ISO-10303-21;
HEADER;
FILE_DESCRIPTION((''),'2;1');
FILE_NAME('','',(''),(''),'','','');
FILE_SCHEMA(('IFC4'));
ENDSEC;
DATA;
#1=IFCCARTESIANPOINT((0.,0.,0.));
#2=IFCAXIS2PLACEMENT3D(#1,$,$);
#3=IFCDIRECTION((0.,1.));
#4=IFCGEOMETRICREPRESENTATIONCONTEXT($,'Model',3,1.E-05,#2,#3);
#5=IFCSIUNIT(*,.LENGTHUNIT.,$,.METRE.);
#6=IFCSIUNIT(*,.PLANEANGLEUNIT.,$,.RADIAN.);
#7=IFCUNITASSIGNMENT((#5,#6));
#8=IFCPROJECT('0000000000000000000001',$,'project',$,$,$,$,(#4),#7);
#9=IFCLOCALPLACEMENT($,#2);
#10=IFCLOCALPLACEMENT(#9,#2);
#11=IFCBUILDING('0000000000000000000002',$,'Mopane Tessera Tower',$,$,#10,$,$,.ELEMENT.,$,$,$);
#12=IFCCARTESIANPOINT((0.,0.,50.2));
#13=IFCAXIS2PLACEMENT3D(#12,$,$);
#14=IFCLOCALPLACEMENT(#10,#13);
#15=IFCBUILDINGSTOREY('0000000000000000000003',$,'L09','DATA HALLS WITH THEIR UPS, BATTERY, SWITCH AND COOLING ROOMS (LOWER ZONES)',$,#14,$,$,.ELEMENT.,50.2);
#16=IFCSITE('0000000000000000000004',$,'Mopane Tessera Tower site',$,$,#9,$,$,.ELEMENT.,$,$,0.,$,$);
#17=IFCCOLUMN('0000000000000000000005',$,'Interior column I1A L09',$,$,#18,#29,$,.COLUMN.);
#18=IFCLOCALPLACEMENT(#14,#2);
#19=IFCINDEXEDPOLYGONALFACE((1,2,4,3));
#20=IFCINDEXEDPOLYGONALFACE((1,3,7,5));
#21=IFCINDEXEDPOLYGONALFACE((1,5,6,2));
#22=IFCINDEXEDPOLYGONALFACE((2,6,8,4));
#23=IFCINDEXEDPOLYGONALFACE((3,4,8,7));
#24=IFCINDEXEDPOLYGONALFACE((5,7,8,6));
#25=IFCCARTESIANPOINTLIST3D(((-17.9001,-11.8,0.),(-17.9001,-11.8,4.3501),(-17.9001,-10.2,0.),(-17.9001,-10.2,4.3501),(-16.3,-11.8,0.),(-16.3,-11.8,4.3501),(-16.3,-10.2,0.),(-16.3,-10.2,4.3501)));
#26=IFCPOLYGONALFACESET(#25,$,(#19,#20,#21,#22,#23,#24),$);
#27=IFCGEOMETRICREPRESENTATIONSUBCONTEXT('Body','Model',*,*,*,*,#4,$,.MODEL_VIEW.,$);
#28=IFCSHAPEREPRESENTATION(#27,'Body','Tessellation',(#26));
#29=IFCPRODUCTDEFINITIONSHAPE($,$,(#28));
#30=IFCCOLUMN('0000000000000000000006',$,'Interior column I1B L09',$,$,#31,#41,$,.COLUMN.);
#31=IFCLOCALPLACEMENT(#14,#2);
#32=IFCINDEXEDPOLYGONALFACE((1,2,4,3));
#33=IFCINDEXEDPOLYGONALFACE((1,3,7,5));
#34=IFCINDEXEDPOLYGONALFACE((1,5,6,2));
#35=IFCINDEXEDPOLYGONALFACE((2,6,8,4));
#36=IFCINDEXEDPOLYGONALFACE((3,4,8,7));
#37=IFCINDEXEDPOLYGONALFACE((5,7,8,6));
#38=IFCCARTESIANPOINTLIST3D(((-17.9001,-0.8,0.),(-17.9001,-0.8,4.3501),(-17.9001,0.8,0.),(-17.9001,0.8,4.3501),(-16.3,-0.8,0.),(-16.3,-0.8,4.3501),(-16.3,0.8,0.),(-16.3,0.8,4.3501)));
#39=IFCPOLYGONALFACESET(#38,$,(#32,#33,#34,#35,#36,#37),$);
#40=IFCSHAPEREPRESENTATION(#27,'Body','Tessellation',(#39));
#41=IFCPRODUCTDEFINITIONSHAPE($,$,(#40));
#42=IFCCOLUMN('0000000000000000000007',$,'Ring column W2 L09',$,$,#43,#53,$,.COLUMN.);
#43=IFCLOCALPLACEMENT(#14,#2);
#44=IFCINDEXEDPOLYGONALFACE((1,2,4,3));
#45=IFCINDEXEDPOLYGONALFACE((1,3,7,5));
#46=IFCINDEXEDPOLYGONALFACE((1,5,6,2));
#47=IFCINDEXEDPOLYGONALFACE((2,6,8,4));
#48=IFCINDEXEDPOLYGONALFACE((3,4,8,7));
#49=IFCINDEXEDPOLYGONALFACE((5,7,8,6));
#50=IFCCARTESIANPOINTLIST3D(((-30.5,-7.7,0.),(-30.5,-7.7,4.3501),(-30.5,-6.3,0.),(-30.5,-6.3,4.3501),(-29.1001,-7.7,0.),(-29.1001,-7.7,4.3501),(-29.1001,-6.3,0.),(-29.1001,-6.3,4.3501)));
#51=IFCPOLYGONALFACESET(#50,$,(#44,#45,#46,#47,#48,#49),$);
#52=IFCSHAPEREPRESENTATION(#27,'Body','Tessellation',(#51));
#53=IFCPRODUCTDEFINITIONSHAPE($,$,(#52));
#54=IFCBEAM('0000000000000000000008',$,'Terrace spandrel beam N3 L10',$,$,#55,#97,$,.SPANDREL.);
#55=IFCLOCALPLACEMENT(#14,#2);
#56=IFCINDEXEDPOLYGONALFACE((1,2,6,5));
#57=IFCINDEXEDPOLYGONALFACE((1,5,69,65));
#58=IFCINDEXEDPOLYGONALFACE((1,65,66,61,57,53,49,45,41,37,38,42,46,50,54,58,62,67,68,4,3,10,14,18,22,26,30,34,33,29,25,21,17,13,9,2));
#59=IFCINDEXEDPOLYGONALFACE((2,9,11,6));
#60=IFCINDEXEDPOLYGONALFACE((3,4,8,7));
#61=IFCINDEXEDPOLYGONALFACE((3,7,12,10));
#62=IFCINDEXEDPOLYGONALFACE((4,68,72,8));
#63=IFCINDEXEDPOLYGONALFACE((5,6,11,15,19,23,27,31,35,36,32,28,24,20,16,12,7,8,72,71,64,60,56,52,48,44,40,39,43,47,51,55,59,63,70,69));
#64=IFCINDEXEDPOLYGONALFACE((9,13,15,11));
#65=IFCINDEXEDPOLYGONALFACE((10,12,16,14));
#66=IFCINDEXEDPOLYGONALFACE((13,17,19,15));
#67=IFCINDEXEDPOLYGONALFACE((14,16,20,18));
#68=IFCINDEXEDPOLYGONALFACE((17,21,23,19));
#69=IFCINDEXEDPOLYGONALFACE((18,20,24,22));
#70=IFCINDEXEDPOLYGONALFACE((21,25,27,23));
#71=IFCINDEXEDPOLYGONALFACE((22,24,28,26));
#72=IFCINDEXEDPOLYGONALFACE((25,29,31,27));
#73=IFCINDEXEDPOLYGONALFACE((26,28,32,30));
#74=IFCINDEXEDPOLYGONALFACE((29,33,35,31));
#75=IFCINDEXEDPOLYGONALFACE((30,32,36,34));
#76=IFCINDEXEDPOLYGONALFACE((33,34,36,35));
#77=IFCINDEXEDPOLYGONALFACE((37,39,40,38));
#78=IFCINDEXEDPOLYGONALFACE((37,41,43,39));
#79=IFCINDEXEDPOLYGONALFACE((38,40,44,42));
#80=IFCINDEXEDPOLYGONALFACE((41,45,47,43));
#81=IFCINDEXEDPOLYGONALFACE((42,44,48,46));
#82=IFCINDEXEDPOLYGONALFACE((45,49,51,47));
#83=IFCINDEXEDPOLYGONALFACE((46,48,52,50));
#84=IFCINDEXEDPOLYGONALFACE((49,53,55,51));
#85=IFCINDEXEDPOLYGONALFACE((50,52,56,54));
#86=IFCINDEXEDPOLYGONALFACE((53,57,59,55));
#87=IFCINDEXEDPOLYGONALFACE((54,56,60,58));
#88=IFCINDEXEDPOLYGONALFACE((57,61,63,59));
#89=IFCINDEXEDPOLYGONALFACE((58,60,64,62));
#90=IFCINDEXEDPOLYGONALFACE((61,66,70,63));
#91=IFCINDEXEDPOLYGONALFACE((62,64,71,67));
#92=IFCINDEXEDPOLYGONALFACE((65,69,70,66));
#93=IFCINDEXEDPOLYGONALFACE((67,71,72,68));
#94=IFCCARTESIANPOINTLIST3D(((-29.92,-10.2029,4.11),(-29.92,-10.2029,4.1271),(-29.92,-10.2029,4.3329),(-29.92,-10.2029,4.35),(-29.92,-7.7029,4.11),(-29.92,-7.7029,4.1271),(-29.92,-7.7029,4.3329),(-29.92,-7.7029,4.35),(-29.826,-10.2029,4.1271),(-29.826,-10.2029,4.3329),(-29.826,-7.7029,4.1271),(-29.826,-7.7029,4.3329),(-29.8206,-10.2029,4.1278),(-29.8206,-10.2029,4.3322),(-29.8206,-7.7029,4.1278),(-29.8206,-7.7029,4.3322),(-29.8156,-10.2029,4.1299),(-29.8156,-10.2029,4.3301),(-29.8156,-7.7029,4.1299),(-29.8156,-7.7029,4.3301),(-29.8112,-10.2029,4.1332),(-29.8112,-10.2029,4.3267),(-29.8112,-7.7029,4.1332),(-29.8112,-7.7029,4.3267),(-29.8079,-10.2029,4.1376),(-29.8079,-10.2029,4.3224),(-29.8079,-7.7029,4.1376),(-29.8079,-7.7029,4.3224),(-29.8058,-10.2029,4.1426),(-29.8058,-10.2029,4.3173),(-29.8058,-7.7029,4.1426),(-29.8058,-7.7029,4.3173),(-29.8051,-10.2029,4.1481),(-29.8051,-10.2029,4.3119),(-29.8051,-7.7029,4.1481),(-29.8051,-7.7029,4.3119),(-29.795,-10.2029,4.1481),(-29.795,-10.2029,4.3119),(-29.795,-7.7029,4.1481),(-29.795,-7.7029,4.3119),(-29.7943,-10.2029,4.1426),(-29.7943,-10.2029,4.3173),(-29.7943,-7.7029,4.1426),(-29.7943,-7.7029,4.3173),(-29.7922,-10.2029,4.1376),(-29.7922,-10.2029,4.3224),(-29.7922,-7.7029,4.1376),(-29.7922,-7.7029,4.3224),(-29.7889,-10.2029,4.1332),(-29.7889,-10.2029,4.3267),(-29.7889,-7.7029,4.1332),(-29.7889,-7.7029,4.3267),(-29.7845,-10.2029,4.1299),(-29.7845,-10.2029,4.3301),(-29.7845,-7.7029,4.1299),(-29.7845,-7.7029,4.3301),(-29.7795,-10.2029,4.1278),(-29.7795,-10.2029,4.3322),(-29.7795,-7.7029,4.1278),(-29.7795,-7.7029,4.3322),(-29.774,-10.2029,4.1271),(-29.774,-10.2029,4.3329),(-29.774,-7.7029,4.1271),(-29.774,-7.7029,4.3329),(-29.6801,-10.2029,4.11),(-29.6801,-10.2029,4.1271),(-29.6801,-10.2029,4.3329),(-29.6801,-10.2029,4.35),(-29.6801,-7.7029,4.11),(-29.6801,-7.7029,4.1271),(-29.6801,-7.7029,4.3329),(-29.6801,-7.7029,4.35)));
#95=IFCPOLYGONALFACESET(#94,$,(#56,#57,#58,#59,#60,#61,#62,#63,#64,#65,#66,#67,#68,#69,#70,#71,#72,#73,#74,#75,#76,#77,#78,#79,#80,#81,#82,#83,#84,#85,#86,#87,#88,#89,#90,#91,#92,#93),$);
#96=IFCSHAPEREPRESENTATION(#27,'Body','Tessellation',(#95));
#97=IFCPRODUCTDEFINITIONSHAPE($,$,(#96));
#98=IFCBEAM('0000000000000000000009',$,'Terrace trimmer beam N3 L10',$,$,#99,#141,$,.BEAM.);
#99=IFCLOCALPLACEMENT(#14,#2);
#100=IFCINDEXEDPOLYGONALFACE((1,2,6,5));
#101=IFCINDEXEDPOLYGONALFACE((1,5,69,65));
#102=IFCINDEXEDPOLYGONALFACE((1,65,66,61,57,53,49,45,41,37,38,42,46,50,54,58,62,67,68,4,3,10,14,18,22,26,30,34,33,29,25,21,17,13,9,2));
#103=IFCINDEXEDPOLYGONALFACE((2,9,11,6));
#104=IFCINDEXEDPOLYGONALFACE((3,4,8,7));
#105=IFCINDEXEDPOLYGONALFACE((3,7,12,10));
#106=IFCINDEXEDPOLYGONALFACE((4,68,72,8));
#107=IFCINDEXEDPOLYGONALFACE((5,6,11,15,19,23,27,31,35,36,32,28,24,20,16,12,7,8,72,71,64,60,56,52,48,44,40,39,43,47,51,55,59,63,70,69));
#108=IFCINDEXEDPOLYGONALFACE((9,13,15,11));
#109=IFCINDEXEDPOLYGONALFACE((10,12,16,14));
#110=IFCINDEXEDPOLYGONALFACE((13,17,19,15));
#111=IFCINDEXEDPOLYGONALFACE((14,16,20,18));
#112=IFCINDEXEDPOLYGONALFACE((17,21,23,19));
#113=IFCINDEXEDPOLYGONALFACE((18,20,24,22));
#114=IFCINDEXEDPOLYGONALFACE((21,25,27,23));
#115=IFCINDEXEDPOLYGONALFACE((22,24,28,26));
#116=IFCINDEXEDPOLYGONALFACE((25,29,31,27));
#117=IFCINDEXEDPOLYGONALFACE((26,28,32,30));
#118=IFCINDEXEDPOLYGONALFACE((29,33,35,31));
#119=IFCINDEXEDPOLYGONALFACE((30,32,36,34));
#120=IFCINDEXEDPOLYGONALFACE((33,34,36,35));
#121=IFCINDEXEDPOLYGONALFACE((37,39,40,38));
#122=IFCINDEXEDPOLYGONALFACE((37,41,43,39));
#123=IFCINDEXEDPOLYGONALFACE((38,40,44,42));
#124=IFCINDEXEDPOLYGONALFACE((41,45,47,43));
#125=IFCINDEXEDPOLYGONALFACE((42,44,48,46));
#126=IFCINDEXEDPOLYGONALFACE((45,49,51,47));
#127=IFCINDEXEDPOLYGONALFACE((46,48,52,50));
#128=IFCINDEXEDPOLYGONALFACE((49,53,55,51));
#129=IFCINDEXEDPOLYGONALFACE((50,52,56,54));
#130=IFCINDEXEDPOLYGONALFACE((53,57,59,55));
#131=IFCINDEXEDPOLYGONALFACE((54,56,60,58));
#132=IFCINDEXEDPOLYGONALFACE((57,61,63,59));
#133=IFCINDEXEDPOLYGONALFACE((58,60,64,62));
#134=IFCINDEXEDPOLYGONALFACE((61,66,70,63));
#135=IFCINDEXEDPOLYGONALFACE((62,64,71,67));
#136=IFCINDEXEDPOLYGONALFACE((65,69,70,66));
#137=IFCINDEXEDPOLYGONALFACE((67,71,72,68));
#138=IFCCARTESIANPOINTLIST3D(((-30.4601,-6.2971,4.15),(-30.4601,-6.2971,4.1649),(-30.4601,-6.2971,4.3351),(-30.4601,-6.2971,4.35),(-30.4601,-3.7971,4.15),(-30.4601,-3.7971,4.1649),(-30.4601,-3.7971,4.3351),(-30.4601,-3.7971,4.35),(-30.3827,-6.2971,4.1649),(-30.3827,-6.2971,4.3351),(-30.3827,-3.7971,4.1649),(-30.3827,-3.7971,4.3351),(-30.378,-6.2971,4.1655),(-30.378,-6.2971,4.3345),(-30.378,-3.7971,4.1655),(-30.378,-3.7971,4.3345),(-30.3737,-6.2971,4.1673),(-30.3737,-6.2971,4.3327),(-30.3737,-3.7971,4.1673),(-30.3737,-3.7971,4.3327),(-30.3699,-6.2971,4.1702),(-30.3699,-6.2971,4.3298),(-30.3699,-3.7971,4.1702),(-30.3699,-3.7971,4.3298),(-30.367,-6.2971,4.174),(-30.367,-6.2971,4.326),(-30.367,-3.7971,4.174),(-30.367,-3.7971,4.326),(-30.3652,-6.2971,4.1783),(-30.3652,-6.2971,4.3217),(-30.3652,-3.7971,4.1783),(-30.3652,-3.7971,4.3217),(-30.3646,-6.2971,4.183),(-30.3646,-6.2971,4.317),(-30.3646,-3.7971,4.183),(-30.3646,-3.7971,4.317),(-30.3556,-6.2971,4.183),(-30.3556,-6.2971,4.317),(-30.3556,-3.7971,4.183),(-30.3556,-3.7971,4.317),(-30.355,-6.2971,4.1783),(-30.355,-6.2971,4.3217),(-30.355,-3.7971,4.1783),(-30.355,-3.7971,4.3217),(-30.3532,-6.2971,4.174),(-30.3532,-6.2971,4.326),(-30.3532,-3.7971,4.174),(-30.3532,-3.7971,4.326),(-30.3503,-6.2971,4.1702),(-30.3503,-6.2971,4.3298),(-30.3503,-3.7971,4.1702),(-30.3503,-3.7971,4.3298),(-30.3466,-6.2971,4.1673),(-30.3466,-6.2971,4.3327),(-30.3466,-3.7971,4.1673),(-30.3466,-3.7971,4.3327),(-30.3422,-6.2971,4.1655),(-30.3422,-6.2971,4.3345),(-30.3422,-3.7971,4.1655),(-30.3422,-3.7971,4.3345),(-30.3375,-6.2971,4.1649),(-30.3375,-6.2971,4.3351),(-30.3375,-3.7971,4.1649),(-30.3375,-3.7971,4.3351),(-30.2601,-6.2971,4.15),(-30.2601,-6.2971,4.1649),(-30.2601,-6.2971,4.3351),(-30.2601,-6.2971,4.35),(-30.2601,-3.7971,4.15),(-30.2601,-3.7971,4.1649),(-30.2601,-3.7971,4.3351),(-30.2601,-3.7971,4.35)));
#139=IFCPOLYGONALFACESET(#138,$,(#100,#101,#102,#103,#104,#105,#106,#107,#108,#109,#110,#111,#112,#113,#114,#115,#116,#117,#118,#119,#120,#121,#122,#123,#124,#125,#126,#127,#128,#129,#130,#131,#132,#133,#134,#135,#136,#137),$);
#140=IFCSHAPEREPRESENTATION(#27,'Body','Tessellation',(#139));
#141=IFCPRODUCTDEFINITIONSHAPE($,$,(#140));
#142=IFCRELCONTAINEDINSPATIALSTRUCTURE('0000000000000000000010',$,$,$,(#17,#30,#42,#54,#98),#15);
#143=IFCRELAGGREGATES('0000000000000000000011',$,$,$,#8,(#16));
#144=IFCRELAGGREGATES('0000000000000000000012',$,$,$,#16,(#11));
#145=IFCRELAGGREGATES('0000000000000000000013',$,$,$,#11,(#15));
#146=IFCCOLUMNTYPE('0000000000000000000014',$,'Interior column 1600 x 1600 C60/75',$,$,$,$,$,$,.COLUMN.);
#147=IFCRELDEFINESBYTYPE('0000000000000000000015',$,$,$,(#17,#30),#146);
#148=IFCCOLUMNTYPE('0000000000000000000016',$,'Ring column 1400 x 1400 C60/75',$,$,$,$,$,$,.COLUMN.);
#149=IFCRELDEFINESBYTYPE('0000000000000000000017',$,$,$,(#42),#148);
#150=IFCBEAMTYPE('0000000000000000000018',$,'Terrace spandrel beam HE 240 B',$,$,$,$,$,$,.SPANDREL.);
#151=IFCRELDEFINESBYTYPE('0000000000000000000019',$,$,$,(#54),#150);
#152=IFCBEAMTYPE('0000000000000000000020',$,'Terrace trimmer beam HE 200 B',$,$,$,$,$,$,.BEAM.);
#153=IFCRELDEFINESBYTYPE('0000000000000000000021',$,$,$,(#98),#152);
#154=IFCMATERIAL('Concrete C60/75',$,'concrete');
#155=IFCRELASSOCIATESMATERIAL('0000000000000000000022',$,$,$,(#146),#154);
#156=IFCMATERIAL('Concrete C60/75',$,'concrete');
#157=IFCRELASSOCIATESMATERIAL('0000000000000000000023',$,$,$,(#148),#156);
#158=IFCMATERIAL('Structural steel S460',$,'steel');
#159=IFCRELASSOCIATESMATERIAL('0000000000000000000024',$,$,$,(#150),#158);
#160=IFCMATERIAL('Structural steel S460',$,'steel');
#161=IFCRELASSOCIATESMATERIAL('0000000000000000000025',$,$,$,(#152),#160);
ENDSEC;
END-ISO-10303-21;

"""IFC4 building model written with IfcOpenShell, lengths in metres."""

from ifc_helpers import new_model, si_unit, direction, frame, origin, origin_2d, place, context, subcontext, project, spatial, rectangle, i_section, extrude, material, material_profile, profile_set, type_object, element, save


model = new_model("IFC4")

# Units and contexts
model_context = context("Model", 3, precision=1e-05, world=origin(), true_north=direction((0.0, 1.0)))
body_context = subcontext(model_context, "Body", "Model", "MODEL_VIEW")
ifc_project = project(units=[si_unit("LENGTHUNIT", "METRE"), si_unit("PLANEANGLEUNIT", "RADIAN")], contexts=[model_context])

# Site, building, storey
site_placement = place(None, origin())
site = spatial("IfcSite", under=ifc_project, at=site_placement, Name="Mopane Tessera Tower site", CompositionType="ELEMENT", RefElevation=0.0)
building_placement = place(site_placement, origin())
building = spatial("IfcBuilding", under=site, at=building_placement, Name="Mopane Tessera Tower", CompositionType="ELEMENT")
storey_placement = place(building_placement, frame((0.0, 0.0, 50.2)))
storey = spatial("IfcBuildingStorey", under=building, at=storey_placement, Name="L09", Description="DATA HALLS WITH THEIR UPS, BATTERY, SWITCH AND COOLING ROOMS (LOWER ZONES)", CompositionType="ELEMENT", Elevation=50.2)

# Columns
ifc_material_1 = material(Name="Concrete C60/75", Category="concrete")
ifc_material_profile_1 = material_profile(ifc_material_1, rectangle(XDim=1.6001, YDim=1.6001, at=origin_2d()))
ifc_profile_set_1 = profile_set([ifc_material_profile_1], Name="Concrete C60/75")
column_type_1 = type_object("IfcColumnType", Name="Interior column 1600 x 1600 C60/75", PredefinedType="COLUMN", material=ifc_profile_set_1)
for number, where, z_axis, x_axis, name in (
    (1, (-17.1001, -11.0, 0.0), (0.0, 0.0, 1.0), (1.0, 0.0, 0.0), "Interior column I1A L09"),
    (2, (-17.1001, 0.0, 0.0), (0.0, 0.0, 1.0), (1.0, 0.0, 0.0), "Interior column I1B L09"),
):
    element("IfcColumn", number, at=place(storey_placement, frame(where, z_axis=z_axis, x_axis=x_axis)), inside=storey, type_object=column_type_1, Name=name, PredefinedType="COLUMN", context=body_context, shape_type="SweptSolid", body=[
        extrude(rectangle(XDim=1.6001, YDim=1.6001, at=origin_2d()), origin(), (0.0, 0.0, 1.0), 4.3501),
    ])
ifc_material_2 = material(Name="Concrete C60/75", Category="concrete")
ifc_material_profile_2 = material_profile(ifc_material_2, rectangle(XDim=1.3999, YDim=1.3999, at=origin_2d()))
ifc_profile_set_2 = profile_set([ifc_material_profile_2], Name="Concrete C60/75")
column_type_2 = type_object("IfcColumnType", Name="Ring column 1400 x 1400 C60/75", PredefinedType="COLUMN", material=ifc_profile_set_2)
column_placement = place(storey_placement, frame((-29.8, -7.0, 0.0), z_axis=(0.0, 0.0, 1.0), x_axis=(1.0, 0.0, 0.0)))
element("IfcColumn", 3, at=column_placement, inside=storey, type_object=column_type_2, Name="Ring column W2 L09", PredefinedType="COLUMN", context=body_context, shape_type="SweptSolid", body=[
    extrude(rectangle(XDim=1.3999, YDim=1.3999, at=origin_2d()), origin(), (0.0, 0.0, 1.0), 4.3501),
])

# Beams
ifc_material_3 = material(Name="Structural steel S460", Category="steel")
ifc_material_profile_3 = material_profile(ifc_material_3, i_section(OverallWidth=0.24, OverallDepth=0.24, WebThickness=0.01, FlangeThickness=0.0171, FilletRadius=0.021, at=origin_2d()))
ifc_profile_set_3 = profile_set([ifc_material_profile_3], Name="Structural steel S460")
beam_type_1 = type_object("IfcBeamType", Name="Terrace spandrel beam HE 240 B", PredefinedType="SPANDREL", material=ifc_profile_set_3)
beam_1_placement = place(storey_placement, frame((-29.8, -7.7029, 4.23), z_axis=(0.0, -1.0, 0.0), x_axis=(1.0, 0.0, 0.0)))
element("IfcBeam", 4, at=beam_1_placement, inside=storey, type_object=beam_type_1, Name="Terrace spandrel beam N3 L10", PredefinedType="SPANDREL", context=body_context, shape_type="SweptSolid", body=[
    extrude(i_section(OverallWidth=0.24, OverallDepth=0.24, WebThickness=0.01, FlangeThickness=0.0171, FilletRadius=0.021, at=origin_2d()), origin(), (0.0, 0.0, 1.0), 2.5),
])
ifc_material_4 = material(Name="Structural steel S460", Category="steel")
ifc_material_profile_4 = material_profile(ifc_material_4, i_section(OverallWidth=0.2, OverallDepth=0.2, WebThickness=0.009, FlangeThickness=0.0149, FilletRadius=0.0181, at=origin_2d()))
ifc_profile_set_4 = profile_set([ifc_material_profile_4], Name="Structural steel S460")
beam_type_2 = type_object("IfcBeamType", Name="Terrace trimmer beam HE 200 B", PredefinedType="BEAM", material=ifc_profile_set_4)
beam_2_placement = place(storey_placement, frame((-30.3601, -6.2971, 4.25), z_axis=(0.0, 1.0, 0.0), x_axis=(-1.0, 0.0, 0.0)))
element("IfcBeam", 5, at=beam_2_placement, inside=storey, type_object=beam_type_2, Name="Terrace trimmer beam N3 L10", PredefinedType="BEAM", context=body_context, shape_type="SweptSolid", body=[
    extrude(i_section(OverallWidth=0.2, OverallDepth=0.2, WebThickness=0.009, FlangeThickness=0.0149, FilletRadius=0.0181, at=origin_2d()), origin(), (0.0, 0.0, 1.0), 2.5),
])

save(model, "model.ifc")
